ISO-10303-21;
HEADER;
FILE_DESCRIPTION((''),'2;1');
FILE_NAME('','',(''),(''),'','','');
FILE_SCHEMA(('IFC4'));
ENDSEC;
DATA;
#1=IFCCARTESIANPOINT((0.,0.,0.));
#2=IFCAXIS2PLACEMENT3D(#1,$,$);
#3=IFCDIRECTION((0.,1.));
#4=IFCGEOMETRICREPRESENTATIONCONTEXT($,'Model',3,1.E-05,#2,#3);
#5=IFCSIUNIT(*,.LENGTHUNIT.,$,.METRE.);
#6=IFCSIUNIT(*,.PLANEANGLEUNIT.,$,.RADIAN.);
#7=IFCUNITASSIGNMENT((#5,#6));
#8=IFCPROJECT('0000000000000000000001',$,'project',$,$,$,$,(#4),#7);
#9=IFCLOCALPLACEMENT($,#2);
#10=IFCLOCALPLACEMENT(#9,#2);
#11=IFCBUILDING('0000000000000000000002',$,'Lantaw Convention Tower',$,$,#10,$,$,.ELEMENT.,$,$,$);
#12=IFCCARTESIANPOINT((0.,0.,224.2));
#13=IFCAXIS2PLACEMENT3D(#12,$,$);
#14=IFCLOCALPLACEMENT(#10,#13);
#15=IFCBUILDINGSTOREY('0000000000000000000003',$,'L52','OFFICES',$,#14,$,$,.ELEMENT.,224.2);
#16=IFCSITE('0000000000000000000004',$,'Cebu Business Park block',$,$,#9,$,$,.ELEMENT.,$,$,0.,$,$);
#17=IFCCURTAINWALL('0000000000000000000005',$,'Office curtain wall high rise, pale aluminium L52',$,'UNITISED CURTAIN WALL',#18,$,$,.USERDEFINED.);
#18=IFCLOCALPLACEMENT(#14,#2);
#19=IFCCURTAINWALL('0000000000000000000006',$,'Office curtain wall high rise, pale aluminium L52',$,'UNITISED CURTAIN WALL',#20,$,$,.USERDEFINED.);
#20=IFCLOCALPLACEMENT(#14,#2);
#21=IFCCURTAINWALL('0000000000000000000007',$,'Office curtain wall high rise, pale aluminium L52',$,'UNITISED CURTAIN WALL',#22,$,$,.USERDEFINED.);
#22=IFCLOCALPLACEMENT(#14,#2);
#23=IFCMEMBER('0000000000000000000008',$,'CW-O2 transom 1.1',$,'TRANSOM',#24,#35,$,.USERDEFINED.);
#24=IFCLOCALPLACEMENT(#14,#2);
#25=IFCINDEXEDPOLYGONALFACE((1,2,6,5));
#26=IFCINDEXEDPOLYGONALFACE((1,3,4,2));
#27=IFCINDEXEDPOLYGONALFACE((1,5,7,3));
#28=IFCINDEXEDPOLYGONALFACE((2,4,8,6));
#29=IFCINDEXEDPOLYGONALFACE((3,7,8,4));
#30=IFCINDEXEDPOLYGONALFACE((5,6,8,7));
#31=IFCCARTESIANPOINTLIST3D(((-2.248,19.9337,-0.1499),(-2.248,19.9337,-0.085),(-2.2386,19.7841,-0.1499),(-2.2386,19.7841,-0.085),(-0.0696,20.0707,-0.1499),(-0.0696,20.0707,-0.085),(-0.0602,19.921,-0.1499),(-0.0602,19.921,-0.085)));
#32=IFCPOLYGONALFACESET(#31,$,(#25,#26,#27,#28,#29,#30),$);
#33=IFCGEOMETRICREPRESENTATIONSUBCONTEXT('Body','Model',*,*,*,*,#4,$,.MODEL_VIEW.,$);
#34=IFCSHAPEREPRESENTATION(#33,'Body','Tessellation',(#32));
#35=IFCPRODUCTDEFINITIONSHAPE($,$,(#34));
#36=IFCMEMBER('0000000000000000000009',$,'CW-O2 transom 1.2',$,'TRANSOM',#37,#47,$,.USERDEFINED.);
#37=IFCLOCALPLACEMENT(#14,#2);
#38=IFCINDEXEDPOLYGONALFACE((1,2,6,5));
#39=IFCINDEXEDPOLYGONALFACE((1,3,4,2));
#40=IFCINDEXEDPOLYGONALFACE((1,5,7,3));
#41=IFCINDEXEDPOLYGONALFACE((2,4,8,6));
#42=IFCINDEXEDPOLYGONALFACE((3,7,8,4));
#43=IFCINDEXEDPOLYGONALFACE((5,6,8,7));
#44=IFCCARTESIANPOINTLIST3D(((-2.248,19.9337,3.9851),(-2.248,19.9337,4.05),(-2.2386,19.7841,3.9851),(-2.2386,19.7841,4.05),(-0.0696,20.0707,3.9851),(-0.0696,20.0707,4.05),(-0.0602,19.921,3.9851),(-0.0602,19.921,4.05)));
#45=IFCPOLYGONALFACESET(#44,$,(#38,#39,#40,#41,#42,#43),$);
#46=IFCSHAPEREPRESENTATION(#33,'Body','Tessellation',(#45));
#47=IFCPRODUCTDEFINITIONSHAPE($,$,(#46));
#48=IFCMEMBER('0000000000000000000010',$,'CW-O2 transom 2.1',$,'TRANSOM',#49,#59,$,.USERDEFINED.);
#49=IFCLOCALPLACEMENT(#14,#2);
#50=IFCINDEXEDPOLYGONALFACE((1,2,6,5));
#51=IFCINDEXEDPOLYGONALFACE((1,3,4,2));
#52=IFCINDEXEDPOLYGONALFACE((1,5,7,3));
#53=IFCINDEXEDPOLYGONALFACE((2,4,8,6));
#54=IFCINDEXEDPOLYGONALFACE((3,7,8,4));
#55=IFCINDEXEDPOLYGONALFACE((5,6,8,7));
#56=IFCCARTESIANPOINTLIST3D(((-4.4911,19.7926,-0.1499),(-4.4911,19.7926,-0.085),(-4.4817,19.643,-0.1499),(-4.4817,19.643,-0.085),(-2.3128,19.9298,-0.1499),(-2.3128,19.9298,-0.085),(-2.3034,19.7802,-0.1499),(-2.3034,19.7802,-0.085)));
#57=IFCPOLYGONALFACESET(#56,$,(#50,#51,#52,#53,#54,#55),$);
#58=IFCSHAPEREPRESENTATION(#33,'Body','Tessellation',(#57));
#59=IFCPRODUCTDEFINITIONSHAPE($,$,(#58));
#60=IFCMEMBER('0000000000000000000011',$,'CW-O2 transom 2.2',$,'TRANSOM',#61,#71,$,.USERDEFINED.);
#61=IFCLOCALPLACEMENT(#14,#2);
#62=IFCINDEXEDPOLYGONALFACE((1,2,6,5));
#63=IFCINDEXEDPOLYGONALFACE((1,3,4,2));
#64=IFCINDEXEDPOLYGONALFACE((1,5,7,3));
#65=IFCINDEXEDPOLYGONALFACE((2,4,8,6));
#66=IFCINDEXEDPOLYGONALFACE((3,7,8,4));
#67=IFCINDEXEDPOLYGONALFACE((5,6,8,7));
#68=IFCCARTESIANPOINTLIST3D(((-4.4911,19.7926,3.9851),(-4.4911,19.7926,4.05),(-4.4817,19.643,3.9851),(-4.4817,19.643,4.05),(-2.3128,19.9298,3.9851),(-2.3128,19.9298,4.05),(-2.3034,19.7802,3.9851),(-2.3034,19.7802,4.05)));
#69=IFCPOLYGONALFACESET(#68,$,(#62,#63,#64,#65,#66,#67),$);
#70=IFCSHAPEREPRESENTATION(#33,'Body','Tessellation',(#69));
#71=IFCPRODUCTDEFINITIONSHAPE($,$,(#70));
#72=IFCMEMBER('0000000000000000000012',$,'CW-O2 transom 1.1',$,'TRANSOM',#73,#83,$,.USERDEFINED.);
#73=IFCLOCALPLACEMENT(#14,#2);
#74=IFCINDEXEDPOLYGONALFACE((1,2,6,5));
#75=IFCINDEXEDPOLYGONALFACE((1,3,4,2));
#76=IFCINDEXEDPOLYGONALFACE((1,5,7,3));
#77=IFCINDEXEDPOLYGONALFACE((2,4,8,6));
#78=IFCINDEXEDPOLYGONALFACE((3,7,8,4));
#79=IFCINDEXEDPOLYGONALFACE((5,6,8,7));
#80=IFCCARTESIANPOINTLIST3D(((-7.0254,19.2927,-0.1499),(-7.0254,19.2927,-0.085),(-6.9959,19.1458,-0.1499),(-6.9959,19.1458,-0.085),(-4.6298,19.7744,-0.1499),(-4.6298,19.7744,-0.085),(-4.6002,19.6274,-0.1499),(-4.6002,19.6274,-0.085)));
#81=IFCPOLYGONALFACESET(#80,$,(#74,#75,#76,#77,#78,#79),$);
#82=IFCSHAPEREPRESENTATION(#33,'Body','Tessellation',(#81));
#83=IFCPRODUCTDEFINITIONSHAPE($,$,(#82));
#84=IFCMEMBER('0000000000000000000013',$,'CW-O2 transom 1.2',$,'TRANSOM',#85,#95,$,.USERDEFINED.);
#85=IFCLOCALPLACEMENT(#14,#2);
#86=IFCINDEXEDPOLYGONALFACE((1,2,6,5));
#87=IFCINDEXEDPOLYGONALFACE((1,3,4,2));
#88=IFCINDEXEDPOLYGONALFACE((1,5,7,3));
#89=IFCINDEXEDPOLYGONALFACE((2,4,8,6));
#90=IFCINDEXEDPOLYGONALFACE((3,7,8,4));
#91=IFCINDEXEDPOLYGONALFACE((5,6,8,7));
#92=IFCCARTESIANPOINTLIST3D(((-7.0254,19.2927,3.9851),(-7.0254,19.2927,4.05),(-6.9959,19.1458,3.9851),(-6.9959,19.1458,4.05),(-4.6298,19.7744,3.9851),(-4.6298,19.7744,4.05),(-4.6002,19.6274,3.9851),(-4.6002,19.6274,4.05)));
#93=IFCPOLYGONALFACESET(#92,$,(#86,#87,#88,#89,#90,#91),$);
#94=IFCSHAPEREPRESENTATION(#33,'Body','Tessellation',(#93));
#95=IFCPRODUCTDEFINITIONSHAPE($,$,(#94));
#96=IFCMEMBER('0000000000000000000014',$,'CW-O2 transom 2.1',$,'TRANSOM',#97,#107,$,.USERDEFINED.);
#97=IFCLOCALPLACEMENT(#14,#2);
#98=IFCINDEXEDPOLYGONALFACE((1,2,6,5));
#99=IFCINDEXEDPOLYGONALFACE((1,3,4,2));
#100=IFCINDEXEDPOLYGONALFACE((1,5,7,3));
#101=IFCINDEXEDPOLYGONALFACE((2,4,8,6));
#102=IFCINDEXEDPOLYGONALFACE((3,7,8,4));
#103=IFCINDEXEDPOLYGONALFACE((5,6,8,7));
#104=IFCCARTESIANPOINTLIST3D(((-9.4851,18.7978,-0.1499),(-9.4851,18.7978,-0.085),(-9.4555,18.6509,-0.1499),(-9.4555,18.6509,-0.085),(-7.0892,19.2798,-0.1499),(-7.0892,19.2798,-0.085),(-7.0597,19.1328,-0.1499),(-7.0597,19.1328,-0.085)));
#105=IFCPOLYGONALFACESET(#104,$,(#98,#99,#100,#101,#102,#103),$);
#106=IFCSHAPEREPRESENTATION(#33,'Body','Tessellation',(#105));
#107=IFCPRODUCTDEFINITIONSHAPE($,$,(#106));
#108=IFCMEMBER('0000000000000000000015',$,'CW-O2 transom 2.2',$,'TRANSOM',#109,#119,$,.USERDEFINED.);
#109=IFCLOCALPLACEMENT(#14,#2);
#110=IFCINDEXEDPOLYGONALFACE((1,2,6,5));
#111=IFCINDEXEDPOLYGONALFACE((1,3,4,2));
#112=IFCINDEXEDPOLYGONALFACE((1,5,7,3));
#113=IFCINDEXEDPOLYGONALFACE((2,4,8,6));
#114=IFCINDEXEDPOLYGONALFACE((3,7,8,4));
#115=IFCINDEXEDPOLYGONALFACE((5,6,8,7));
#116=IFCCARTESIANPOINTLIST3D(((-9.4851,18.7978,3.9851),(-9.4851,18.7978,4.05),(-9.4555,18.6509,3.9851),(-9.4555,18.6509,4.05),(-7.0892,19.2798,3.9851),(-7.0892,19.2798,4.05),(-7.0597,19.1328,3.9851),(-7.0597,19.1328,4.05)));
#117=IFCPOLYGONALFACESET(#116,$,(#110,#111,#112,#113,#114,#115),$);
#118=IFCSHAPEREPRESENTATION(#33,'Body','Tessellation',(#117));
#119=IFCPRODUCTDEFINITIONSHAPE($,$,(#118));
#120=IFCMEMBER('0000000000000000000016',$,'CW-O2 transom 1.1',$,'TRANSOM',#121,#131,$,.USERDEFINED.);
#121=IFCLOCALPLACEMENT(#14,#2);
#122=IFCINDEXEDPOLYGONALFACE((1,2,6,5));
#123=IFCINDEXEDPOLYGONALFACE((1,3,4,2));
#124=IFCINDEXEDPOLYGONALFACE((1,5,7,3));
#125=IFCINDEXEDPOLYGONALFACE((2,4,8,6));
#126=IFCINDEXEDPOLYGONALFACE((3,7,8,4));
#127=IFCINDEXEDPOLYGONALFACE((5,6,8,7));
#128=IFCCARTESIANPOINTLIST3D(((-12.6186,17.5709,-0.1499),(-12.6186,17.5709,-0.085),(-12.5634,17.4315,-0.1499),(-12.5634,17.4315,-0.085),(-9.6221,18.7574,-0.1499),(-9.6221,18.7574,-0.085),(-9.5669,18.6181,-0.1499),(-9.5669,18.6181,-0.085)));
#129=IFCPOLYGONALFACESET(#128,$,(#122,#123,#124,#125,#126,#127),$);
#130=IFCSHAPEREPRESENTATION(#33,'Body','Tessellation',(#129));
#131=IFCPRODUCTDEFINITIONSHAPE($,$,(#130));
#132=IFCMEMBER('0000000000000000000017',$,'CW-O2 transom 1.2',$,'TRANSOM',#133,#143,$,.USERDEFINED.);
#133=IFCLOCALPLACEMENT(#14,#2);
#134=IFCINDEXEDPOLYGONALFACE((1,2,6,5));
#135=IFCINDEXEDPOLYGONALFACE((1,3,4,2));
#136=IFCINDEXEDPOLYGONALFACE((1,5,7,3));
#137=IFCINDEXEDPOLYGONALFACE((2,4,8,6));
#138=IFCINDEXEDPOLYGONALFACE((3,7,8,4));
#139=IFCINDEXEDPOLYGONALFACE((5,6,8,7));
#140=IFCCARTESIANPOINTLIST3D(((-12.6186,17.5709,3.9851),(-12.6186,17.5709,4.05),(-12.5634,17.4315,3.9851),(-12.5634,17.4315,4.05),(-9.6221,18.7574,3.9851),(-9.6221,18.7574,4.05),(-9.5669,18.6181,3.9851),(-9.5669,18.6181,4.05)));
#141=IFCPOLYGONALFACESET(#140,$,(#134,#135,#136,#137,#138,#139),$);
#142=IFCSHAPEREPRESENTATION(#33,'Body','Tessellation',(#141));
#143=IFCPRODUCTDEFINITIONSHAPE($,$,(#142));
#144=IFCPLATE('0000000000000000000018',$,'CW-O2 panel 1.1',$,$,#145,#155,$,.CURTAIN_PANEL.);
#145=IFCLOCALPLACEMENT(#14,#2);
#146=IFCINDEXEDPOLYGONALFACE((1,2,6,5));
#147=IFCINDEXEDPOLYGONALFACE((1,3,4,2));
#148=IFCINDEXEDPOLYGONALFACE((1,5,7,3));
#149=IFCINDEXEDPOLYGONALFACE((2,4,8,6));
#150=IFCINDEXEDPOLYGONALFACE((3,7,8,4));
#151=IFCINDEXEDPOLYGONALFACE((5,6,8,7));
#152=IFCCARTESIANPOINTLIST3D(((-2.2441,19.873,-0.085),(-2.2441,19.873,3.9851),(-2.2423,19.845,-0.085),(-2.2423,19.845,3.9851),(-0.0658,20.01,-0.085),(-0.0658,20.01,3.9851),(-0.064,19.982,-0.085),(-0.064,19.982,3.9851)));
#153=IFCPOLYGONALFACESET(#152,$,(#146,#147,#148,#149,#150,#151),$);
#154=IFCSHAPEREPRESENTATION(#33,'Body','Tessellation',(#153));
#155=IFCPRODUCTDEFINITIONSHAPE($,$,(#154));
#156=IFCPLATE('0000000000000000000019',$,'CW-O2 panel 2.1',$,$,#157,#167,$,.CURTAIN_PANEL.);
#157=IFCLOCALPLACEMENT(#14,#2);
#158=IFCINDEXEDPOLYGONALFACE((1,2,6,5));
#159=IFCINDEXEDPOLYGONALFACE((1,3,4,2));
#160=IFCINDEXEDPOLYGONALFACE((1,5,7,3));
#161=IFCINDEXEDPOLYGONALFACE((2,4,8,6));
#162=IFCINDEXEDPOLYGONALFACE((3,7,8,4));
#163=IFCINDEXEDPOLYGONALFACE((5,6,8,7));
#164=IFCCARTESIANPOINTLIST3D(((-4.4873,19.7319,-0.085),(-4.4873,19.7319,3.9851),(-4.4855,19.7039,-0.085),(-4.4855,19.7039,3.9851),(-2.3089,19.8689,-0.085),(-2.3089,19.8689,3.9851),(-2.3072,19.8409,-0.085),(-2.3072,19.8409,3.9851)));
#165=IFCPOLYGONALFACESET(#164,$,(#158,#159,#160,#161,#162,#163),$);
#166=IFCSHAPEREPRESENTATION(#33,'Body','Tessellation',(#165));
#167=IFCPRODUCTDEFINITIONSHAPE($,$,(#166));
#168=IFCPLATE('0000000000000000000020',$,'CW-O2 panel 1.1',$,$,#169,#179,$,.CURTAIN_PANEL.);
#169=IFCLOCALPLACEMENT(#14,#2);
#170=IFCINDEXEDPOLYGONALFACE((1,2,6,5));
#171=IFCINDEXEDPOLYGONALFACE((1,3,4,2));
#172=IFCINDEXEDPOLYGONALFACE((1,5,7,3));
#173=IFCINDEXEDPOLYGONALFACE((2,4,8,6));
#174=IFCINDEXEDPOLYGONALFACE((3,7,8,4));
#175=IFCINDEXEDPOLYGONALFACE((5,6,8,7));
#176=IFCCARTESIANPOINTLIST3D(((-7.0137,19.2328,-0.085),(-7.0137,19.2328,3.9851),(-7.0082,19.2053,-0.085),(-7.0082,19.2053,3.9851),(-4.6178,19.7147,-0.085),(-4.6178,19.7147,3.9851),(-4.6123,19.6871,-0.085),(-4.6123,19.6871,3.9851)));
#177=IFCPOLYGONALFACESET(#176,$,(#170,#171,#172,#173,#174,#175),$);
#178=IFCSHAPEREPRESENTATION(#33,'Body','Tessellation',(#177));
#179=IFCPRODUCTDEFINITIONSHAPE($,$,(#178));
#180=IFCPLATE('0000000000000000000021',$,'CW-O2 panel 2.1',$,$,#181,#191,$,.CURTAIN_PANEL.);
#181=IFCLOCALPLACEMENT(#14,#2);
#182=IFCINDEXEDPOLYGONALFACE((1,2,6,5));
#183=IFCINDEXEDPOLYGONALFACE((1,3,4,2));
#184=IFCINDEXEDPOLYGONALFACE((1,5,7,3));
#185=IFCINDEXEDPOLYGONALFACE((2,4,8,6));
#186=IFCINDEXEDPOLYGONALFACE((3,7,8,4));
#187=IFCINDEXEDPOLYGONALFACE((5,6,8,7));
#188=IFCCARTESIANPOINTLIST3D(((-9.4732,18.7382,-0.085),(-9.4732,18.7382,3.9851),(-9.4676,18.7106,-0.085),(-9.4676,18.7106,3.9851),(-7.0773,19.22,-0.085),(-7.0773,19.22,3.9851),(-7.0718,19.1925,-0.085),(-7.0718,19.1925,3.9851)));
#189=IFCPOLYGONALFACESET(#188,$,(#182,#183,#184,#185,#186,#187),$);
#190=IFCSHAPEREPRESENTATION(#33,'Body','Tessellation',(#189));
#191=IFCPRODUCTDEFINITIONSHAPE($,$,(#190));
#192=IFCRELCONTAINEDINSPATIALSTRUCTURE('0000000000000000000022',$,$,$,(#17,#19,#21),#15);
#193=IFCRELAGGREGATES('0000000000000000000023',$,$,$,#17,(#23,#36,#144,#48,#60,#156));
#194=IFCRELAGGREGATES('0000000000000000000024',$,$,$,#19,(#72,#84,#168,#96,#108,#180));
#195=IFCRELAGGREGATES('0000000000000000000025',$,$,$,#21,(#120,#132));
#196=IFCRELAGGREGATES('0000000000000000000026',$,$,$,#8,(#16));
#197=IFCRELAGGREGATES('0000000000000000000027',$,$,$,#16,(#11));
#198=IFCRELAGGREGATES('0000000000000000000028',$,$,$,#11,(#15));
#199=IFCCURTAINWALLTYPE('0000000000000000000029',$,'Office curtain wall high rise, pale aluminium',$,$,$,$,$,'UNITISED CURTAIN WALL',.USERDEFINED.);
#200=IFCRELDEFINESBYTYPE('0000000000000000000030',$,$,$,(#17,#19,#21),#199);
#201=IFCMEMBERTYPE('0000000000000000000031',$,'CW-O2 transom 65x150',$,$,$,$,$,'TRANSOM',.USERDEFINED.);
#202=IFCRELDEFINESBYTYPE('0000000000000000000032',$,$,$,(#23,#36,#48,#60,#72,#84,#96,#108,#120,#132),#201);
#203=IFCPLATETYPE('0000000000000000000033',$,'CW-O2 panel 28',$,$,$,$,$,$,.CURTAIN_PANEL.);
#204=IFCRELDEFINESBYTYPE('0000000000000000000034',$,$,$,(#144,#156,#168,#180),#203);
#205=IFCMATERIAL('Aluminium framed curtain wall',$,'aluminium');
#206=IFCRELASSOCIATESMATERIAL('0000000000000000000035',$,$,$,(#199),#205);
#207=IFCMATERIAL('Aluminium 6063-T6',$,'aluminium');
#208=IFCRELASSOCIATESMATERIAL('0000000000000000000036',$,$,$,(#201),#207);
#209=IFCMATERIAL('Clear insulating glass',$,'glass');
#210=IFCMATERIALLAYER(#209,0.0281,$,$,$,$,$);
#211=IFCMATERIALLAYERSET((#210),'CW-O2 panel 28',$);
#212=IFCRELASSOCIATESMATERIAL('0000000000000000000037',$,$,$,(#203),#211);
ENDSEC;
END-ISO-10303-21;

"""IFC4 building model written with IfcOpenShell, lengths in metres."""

from ifc_helpers import new_model, si_unit, direction, frame, origin, origin_2d, place, context, subcontext, project, spatial, rectangle, extrude, material, layer, layer_set, material_profile, profile_set, type_object, element, aggregate, save


model = new_model("IFC4")

# Units and contexts
model_context = context("Model", 3, precision=1e-05, world=origin(), true_north=direction((0.0, 1.0)))
body_context = subcontext(model_context, "Body", "Model", "MODEL_VIEW")
ifc_project = project(units=[si_unit("LENGTHUNIT", "METRE"), si_unit("PLANEANGLEUNIT", "RADIAN")], contexts=[model_context])

# Site, building, storey
site_placement = place(None, origin())
site = spatial("IfcSite", under=ifc_project, at=site_placement, Name="Cebu Business Park block", CompositionType="ELEMENT", RefElevation=0.0)
building_placement = place(site_placement, origin())
building = spatial("IfcBuilding", under=site, at=building_placement, Name="Lantaw Convention Tower", CompositionType="ELEMENT")
storey_placement = place(building_placement, frame((0.0, 0.0, 224.2)))
storey = spatial("IfcBuildingStorey", under=building, at=storey_placement, Name="L52", Description="OFFICES", CompositionType="ELEMENT", Elevation=224.2)

# Curtain walls
ifc_material_1 = material(Name="Aluminium framed curtain wall", Category="aluminium")
curtain_wall_type = type_object("IfcCurtainWallType", Name="Office curtain wall high rise, pale aluminium", ElementType="UNITISED CURTAIN WALL", PredefinedType="USERDEFINED", material=ifc_material_1)
curtain_wall_1_placement = place(storey_placement, origin())
curtain_wall_1 = element("IfcCurtainWall", 1, at=curtain_wall_1_placement, inside=storey, type_object=curtain_wall_type, Name="Office curtain wall high rise, pale aluminium L52", ObjectType="UNITISED CURTAIN WALL", PredefinedType="USERDEFINED")
ifc_material_2 = material(Name="Aluminium 6063-T6", Category="aluminium")
curtain_wall_2_placement = place(storey_placement, origin())
curtain_wall_2 = element("IfcCurtainWall", 2, at=curtain_wall_2_placement, inside=storey, type_object=curtain_wall_type, Name="Office curtain wall high rise, pale aluminium L52", ObjectType="UNITISED CURTAIN WALL", PredefinedType="USERDEFINED")

# Curtain wall
curtain_wall_3_placement = place(storey_placement, origin())
curtain_wall_3 = element("IfcCurtainWall", 3, at=curtain_wall_3_placement, inside=storey, type_object=curtain_wall_type, Name="Office curtain wall high rise, pale aluminium L52", ObjectType="UNITISED CURTAIN WALL", PredefinedType="USERDEFINED")

# Members
ifc_material_profile_1 = material_profile(ifc_material_2, rectangle(XDim=0.1499, YDim=0.0649, at=origin_2d()), Name="CW-O2 transom 65x150")
ifc_profile_set_1 = profile_set([ifc_material_profile_1], Name="Aluminium 6063-T6")
member_type_1 = type_object("IfcMemberType", Name="CW-O2 transom 65x150", ElementType="TRANSOM", PredefinedType="USERDEFINED", material=ifc_profile_set_1)
member_1_placement = place(storey_placement, frame((-0.0649, 19.9958, -0.1174), z_axis=(-0.998029, -0.062754, 0.0), x_axis=(0.062754, -0.998029, 0.0)))
member_1 = element("IfcMember", 4, at=member_1_placement, type_object=member_type_1, Name="CW-O2 transom 1.1", ObjectType="TRANSOM", PredefinedType="USERDEFINED", context=body_context, shape_type="SweptSolid", body=[
    extrude(rectangle(XDim=0.1499, YDim=0.0649, at=origin_2d()), origin(), (0.0, 0.0, 1.0), 2.1826),
])
member_2_placement = place(storey_placement, frame((-0.0649, 19.9958, 4.0176), z_axis=(-0.998029, -0.062754, 0.0), x_axis=(0.062754, -0.998029, 0.0)))
member_2 = element("IfcMember", 5, at=member_2_placement, type_object=member_type_1, Name="CW-O2 transom 1.2", ObjectType="TRANSOM", PredefinedType="USERDEFINED", context=body_context, shape_type="SweptSolid", body=[
    extrude(rectangle(XDim=0.1499, YDim=0.0649, at=origin_2d()), origin(), (0.0, 0.0, 1.0), 2.1826),
])
member_3_placement = place(storey_placement, frame((-2.3081, 19.855, -0.1174), z_axis=(-0.998022, -0.062866, 0.0), x_axis=(0.062866, -0.998022, 0.0)))
member_3 = element("IfcMember", 6, at=member_3_placement, type_object=member_type_1, Name="CW-O2 transom 2.1", ObjectType="TRANSOM", PredefinedType="USERDEFINED", context=body_context, shape_type="SweptSolid", body=[
    extrude(rectangle(XDim=0.1499, YDim=0.0649, at=origin_2d()), origin(), (0.0, 0.0, 1.0), 2.1826),
])
member_4_placement = place(storey_placement, frame((-2.3081, 19.855, 4.0176), z_axis=(-0.998022, -0.062866, 0.0), x_axis=(0.062866, -0.998022, 0.0)))
member_4 = element("IfcMember", 7, at=member_4_placement, type_object=member_type_1, Name="CW-O2 transom 2.2", ObjectType="TRANSOM", PredefinedType="USERDEFINED", context=body_context, shape_type="SweptSolid", body=[
    extrude(rectangle(XDim=0.1499, YDim=0.0649, at=origin_2d()), origin(), (0.0, 0.0, 1.0), 2.1826),
])
member_5_placement = place(storey_placement, frame((-4.615, 19.7009, -0.1174), z_axis=(-0.98038, -0.197115, 0.0), x_axis=(0.197115, -0.98038, 0.0)))
member_5 = element("IfcMember", 8, at=member_5_placement, type_object=member_type_1, Name="CW-O2 transom 1.1", ObjectType="TRANSOM", PredefinedType="USERDEFINED", context=body_context, shape_type="SweptSolid", body=[
    extrude(rectangle(XDim=0.1499, YDim=0.0649, at=origin_2d()), origin(), (0.0, 0.0, 1.0), 2.4436),
])
member_6_placement = place(storey_placement, frame((-4.615, 19.7009, 4.0176), z_axis=(-0.98038, -0.197115, 0.0), x_axis=(0.197115, -0.98038, 0.0)))
member_6 = element("IfcMember", 9, at=member_6_placement, type_object=member_type_1, Name="CW-O2 transom 1.2", ObjectType="TRANSOM", PredefinedType="USERDEFINED", context=body_context, shape_type="SweptSolid", body=[
    extrude(rectangle(XDim=0.1499, YDim=0.0649, at=origin_2d()), origin(), (0.0, 0.0, 1.0), 2.4436),
])
member_7_placement = place(storey_placement, frame((-7.0745, 19.2063, -0.1174), z_axis=(-0.980361, -0.197211, 0.0), x_axis=(0.197211, -0.980361, 0.0)))
member_7 = element("IfcMember", 10, at=member_7_placement, type_object=member_type_1, Name="CW-O2 transom 2.1", ObjectType="TRANSOM", PredefinedType="USERDEFINED", context=body_context, shape_type="SweptSolid", body=[
    extrude(rectangle(XDim=0.1499, YDim=0.0649, at=origin_2d()), origin(), (0.0, 0.0, 1.0), 2.4438),
])
member_8_placement = place(storey_placement, frame((-7.0745, 19.2063, 4.0176), z_axis=(-0.980361, -0.197211, 0.0), x_axis=(0.197211, -0.980361, 0.0)))
member_8 = element("IfcMember", 11, at=member_8_placement, type_object=member_type_1, Name="CW-O2 transom 2.2", ObjectType="TRANSOM", PredefinedType="USERDEFINED", context=body_context, shape_type="SweptSolid", body=[
    extrude(rectangle(XDim=0.1499, YDim=0.0649, at=origin_2d()), origin(), (0.0, 0.0, 1.0), 2.4438),
])
member_9_placement = place(storey_placement, frame((-9.5945, 18.6877, -0.1174), z_axis=(-0.929767, -0.368149, 0.0), x_axis=(0.368149, -0.929767, 0.0)))
member_9 = element("IfcMember", 12, at=member_9_placement, type_object=member_type_1, Name="CW-O2 transom 1.1", ObjectType="TRANSOM", PredefinedType="USERDEFINED", context=body_context, shape_type="SweptSolid", body=[
    extrude(rectangle(XDim=0.1499, YDim=0.0649, at=origin_2d()), origin(), (0.0, 0.0, 1.0), 3.2229),
])
member_10_placement = place(storey_placement, frame((-9.5945, 18.6877, 4.0176), z_axis=(-0.929767, -0.368149, 0.0), x_axis=(0.368149, -0.929767, 0.0)))
member_10 = element("IfcMember", 13, at=member_10_placement, type_object=member_type_1, Name="CW-O2 transom 1.2", ObjectType="TRANSOM", PredefinedType="USERDEFINED", context=body_context, shape_type="SweptSolid", body=[
    extrude(rectangle(XDim=0.1499, YDim=0.0649, at=origin_2d()), origin(), (0.0, 0.0, 1.0), 3.2229),
])

# Plates
ifc_material_3 = material(Name="Clear insulating glass", Category="glass")
ifc_layer_1 = layer(ifc_material_3, 0.0281)
ifc_layer_set_1 = layer_set([ifc_layer_1], Name="CW-O2 panel 28")
plate_type_1 = type_object("IfcPlateType", Name="CW-O2 panel 28", PredefinedType="CURTAIN_PANEL", material=ifc_layer_set_1)
plate_1_placement = place(storey_placement, frame((-1.1541, 19.9275, -0.085), z_axis=(0.0, 0.0, 1.0), x_axis=(-0.998029, -0.062758, 0.0)))
plate_1 = element("IfcPlate", 14, at=plate_1_placement, type_object=plate_type_1, Name="CW-O2 panel 1.1", PredefinedType="CURTAIN_PANEL", context=body_context, shape_type="SweptSolid", body=[
    extrude(rectangle(XDim=2.1826, YDim=0.0281, at=origin_2d()), origin(), (0.0, 0.0, 1.0), 4.0701),
])
plate_2_placement = place(storey_placement, frame((-3.3972, 19.7864, -0.085), z_axis=(0.0, 0.0, 1.0), x_axis=(-0.998029, -0.062758, 0.0)))
plate_2 = element("IfcPlate", 15, at=plate_2_placement, type_object=plate_type_1, Name="CW-O2 panel 2.1", PredefinedType="CURTAIN_PANEL", context=body_context, shape_type="SweptSolid", body=[
    extrude(rectangle(XDim=2.1826, YDim=0.0281, at=origin_2d()), origin(), (0.0, 0.0, 1.0), 4.0701),
])
aggregate(curtain_wall_1, [member_1, member_2, plate_1, member_3, member_4, plate_2])
plate_3_placement = place(storey_placement, frame((-5.813, 19.46, -0.085), z_axis=(0.0, 0.0, 1.0), x_axis=(-0.980367, -0.197183, 0.0)))
plate_3 = element("IfcPlate", 16, at=plate_3_placement, type_object=plate_type_1, Name="CW-O2 panel 1.1", PredefinedType="CURTAIN_PANEL", context=body_context, shape_type="SweptSolid", body=[
    extrude(rectangle(XDim=2.4438, YDim=0.0281, at=origin_2d()), origin(), (0.0, 0.0, 1.0), 4.0701),
])
plate_4_placement = place(storey_placement, frame((-8.2725, 18.9653, -0.085), z_axis=(0.0, 0.0, 1.0), x_axis=(-0.980367, -0.197183, 0.0)))
plate_4 = element("IfcPlate", 17, at=plate_4_placement, type_object=plate_type_1, Name="CW-O2 panel 2.1", PredefinedType="CURTAIN_PANEL", context=body_context, shape_type="SweptSolid", body=[
    extrude(rectangle(XDim=2.4438, YDim=0.0281, at=origin_2d()), origin(), (0.0, 0.0, 1.0), 4.0701),
])
aggregate(curtain_wall_2, [member_5, member_6, plate_3, member_7, member_8, plate_4])
aggregate(curtain_wall_3, [member_9, member_10])

save(model, "model.ifc")
